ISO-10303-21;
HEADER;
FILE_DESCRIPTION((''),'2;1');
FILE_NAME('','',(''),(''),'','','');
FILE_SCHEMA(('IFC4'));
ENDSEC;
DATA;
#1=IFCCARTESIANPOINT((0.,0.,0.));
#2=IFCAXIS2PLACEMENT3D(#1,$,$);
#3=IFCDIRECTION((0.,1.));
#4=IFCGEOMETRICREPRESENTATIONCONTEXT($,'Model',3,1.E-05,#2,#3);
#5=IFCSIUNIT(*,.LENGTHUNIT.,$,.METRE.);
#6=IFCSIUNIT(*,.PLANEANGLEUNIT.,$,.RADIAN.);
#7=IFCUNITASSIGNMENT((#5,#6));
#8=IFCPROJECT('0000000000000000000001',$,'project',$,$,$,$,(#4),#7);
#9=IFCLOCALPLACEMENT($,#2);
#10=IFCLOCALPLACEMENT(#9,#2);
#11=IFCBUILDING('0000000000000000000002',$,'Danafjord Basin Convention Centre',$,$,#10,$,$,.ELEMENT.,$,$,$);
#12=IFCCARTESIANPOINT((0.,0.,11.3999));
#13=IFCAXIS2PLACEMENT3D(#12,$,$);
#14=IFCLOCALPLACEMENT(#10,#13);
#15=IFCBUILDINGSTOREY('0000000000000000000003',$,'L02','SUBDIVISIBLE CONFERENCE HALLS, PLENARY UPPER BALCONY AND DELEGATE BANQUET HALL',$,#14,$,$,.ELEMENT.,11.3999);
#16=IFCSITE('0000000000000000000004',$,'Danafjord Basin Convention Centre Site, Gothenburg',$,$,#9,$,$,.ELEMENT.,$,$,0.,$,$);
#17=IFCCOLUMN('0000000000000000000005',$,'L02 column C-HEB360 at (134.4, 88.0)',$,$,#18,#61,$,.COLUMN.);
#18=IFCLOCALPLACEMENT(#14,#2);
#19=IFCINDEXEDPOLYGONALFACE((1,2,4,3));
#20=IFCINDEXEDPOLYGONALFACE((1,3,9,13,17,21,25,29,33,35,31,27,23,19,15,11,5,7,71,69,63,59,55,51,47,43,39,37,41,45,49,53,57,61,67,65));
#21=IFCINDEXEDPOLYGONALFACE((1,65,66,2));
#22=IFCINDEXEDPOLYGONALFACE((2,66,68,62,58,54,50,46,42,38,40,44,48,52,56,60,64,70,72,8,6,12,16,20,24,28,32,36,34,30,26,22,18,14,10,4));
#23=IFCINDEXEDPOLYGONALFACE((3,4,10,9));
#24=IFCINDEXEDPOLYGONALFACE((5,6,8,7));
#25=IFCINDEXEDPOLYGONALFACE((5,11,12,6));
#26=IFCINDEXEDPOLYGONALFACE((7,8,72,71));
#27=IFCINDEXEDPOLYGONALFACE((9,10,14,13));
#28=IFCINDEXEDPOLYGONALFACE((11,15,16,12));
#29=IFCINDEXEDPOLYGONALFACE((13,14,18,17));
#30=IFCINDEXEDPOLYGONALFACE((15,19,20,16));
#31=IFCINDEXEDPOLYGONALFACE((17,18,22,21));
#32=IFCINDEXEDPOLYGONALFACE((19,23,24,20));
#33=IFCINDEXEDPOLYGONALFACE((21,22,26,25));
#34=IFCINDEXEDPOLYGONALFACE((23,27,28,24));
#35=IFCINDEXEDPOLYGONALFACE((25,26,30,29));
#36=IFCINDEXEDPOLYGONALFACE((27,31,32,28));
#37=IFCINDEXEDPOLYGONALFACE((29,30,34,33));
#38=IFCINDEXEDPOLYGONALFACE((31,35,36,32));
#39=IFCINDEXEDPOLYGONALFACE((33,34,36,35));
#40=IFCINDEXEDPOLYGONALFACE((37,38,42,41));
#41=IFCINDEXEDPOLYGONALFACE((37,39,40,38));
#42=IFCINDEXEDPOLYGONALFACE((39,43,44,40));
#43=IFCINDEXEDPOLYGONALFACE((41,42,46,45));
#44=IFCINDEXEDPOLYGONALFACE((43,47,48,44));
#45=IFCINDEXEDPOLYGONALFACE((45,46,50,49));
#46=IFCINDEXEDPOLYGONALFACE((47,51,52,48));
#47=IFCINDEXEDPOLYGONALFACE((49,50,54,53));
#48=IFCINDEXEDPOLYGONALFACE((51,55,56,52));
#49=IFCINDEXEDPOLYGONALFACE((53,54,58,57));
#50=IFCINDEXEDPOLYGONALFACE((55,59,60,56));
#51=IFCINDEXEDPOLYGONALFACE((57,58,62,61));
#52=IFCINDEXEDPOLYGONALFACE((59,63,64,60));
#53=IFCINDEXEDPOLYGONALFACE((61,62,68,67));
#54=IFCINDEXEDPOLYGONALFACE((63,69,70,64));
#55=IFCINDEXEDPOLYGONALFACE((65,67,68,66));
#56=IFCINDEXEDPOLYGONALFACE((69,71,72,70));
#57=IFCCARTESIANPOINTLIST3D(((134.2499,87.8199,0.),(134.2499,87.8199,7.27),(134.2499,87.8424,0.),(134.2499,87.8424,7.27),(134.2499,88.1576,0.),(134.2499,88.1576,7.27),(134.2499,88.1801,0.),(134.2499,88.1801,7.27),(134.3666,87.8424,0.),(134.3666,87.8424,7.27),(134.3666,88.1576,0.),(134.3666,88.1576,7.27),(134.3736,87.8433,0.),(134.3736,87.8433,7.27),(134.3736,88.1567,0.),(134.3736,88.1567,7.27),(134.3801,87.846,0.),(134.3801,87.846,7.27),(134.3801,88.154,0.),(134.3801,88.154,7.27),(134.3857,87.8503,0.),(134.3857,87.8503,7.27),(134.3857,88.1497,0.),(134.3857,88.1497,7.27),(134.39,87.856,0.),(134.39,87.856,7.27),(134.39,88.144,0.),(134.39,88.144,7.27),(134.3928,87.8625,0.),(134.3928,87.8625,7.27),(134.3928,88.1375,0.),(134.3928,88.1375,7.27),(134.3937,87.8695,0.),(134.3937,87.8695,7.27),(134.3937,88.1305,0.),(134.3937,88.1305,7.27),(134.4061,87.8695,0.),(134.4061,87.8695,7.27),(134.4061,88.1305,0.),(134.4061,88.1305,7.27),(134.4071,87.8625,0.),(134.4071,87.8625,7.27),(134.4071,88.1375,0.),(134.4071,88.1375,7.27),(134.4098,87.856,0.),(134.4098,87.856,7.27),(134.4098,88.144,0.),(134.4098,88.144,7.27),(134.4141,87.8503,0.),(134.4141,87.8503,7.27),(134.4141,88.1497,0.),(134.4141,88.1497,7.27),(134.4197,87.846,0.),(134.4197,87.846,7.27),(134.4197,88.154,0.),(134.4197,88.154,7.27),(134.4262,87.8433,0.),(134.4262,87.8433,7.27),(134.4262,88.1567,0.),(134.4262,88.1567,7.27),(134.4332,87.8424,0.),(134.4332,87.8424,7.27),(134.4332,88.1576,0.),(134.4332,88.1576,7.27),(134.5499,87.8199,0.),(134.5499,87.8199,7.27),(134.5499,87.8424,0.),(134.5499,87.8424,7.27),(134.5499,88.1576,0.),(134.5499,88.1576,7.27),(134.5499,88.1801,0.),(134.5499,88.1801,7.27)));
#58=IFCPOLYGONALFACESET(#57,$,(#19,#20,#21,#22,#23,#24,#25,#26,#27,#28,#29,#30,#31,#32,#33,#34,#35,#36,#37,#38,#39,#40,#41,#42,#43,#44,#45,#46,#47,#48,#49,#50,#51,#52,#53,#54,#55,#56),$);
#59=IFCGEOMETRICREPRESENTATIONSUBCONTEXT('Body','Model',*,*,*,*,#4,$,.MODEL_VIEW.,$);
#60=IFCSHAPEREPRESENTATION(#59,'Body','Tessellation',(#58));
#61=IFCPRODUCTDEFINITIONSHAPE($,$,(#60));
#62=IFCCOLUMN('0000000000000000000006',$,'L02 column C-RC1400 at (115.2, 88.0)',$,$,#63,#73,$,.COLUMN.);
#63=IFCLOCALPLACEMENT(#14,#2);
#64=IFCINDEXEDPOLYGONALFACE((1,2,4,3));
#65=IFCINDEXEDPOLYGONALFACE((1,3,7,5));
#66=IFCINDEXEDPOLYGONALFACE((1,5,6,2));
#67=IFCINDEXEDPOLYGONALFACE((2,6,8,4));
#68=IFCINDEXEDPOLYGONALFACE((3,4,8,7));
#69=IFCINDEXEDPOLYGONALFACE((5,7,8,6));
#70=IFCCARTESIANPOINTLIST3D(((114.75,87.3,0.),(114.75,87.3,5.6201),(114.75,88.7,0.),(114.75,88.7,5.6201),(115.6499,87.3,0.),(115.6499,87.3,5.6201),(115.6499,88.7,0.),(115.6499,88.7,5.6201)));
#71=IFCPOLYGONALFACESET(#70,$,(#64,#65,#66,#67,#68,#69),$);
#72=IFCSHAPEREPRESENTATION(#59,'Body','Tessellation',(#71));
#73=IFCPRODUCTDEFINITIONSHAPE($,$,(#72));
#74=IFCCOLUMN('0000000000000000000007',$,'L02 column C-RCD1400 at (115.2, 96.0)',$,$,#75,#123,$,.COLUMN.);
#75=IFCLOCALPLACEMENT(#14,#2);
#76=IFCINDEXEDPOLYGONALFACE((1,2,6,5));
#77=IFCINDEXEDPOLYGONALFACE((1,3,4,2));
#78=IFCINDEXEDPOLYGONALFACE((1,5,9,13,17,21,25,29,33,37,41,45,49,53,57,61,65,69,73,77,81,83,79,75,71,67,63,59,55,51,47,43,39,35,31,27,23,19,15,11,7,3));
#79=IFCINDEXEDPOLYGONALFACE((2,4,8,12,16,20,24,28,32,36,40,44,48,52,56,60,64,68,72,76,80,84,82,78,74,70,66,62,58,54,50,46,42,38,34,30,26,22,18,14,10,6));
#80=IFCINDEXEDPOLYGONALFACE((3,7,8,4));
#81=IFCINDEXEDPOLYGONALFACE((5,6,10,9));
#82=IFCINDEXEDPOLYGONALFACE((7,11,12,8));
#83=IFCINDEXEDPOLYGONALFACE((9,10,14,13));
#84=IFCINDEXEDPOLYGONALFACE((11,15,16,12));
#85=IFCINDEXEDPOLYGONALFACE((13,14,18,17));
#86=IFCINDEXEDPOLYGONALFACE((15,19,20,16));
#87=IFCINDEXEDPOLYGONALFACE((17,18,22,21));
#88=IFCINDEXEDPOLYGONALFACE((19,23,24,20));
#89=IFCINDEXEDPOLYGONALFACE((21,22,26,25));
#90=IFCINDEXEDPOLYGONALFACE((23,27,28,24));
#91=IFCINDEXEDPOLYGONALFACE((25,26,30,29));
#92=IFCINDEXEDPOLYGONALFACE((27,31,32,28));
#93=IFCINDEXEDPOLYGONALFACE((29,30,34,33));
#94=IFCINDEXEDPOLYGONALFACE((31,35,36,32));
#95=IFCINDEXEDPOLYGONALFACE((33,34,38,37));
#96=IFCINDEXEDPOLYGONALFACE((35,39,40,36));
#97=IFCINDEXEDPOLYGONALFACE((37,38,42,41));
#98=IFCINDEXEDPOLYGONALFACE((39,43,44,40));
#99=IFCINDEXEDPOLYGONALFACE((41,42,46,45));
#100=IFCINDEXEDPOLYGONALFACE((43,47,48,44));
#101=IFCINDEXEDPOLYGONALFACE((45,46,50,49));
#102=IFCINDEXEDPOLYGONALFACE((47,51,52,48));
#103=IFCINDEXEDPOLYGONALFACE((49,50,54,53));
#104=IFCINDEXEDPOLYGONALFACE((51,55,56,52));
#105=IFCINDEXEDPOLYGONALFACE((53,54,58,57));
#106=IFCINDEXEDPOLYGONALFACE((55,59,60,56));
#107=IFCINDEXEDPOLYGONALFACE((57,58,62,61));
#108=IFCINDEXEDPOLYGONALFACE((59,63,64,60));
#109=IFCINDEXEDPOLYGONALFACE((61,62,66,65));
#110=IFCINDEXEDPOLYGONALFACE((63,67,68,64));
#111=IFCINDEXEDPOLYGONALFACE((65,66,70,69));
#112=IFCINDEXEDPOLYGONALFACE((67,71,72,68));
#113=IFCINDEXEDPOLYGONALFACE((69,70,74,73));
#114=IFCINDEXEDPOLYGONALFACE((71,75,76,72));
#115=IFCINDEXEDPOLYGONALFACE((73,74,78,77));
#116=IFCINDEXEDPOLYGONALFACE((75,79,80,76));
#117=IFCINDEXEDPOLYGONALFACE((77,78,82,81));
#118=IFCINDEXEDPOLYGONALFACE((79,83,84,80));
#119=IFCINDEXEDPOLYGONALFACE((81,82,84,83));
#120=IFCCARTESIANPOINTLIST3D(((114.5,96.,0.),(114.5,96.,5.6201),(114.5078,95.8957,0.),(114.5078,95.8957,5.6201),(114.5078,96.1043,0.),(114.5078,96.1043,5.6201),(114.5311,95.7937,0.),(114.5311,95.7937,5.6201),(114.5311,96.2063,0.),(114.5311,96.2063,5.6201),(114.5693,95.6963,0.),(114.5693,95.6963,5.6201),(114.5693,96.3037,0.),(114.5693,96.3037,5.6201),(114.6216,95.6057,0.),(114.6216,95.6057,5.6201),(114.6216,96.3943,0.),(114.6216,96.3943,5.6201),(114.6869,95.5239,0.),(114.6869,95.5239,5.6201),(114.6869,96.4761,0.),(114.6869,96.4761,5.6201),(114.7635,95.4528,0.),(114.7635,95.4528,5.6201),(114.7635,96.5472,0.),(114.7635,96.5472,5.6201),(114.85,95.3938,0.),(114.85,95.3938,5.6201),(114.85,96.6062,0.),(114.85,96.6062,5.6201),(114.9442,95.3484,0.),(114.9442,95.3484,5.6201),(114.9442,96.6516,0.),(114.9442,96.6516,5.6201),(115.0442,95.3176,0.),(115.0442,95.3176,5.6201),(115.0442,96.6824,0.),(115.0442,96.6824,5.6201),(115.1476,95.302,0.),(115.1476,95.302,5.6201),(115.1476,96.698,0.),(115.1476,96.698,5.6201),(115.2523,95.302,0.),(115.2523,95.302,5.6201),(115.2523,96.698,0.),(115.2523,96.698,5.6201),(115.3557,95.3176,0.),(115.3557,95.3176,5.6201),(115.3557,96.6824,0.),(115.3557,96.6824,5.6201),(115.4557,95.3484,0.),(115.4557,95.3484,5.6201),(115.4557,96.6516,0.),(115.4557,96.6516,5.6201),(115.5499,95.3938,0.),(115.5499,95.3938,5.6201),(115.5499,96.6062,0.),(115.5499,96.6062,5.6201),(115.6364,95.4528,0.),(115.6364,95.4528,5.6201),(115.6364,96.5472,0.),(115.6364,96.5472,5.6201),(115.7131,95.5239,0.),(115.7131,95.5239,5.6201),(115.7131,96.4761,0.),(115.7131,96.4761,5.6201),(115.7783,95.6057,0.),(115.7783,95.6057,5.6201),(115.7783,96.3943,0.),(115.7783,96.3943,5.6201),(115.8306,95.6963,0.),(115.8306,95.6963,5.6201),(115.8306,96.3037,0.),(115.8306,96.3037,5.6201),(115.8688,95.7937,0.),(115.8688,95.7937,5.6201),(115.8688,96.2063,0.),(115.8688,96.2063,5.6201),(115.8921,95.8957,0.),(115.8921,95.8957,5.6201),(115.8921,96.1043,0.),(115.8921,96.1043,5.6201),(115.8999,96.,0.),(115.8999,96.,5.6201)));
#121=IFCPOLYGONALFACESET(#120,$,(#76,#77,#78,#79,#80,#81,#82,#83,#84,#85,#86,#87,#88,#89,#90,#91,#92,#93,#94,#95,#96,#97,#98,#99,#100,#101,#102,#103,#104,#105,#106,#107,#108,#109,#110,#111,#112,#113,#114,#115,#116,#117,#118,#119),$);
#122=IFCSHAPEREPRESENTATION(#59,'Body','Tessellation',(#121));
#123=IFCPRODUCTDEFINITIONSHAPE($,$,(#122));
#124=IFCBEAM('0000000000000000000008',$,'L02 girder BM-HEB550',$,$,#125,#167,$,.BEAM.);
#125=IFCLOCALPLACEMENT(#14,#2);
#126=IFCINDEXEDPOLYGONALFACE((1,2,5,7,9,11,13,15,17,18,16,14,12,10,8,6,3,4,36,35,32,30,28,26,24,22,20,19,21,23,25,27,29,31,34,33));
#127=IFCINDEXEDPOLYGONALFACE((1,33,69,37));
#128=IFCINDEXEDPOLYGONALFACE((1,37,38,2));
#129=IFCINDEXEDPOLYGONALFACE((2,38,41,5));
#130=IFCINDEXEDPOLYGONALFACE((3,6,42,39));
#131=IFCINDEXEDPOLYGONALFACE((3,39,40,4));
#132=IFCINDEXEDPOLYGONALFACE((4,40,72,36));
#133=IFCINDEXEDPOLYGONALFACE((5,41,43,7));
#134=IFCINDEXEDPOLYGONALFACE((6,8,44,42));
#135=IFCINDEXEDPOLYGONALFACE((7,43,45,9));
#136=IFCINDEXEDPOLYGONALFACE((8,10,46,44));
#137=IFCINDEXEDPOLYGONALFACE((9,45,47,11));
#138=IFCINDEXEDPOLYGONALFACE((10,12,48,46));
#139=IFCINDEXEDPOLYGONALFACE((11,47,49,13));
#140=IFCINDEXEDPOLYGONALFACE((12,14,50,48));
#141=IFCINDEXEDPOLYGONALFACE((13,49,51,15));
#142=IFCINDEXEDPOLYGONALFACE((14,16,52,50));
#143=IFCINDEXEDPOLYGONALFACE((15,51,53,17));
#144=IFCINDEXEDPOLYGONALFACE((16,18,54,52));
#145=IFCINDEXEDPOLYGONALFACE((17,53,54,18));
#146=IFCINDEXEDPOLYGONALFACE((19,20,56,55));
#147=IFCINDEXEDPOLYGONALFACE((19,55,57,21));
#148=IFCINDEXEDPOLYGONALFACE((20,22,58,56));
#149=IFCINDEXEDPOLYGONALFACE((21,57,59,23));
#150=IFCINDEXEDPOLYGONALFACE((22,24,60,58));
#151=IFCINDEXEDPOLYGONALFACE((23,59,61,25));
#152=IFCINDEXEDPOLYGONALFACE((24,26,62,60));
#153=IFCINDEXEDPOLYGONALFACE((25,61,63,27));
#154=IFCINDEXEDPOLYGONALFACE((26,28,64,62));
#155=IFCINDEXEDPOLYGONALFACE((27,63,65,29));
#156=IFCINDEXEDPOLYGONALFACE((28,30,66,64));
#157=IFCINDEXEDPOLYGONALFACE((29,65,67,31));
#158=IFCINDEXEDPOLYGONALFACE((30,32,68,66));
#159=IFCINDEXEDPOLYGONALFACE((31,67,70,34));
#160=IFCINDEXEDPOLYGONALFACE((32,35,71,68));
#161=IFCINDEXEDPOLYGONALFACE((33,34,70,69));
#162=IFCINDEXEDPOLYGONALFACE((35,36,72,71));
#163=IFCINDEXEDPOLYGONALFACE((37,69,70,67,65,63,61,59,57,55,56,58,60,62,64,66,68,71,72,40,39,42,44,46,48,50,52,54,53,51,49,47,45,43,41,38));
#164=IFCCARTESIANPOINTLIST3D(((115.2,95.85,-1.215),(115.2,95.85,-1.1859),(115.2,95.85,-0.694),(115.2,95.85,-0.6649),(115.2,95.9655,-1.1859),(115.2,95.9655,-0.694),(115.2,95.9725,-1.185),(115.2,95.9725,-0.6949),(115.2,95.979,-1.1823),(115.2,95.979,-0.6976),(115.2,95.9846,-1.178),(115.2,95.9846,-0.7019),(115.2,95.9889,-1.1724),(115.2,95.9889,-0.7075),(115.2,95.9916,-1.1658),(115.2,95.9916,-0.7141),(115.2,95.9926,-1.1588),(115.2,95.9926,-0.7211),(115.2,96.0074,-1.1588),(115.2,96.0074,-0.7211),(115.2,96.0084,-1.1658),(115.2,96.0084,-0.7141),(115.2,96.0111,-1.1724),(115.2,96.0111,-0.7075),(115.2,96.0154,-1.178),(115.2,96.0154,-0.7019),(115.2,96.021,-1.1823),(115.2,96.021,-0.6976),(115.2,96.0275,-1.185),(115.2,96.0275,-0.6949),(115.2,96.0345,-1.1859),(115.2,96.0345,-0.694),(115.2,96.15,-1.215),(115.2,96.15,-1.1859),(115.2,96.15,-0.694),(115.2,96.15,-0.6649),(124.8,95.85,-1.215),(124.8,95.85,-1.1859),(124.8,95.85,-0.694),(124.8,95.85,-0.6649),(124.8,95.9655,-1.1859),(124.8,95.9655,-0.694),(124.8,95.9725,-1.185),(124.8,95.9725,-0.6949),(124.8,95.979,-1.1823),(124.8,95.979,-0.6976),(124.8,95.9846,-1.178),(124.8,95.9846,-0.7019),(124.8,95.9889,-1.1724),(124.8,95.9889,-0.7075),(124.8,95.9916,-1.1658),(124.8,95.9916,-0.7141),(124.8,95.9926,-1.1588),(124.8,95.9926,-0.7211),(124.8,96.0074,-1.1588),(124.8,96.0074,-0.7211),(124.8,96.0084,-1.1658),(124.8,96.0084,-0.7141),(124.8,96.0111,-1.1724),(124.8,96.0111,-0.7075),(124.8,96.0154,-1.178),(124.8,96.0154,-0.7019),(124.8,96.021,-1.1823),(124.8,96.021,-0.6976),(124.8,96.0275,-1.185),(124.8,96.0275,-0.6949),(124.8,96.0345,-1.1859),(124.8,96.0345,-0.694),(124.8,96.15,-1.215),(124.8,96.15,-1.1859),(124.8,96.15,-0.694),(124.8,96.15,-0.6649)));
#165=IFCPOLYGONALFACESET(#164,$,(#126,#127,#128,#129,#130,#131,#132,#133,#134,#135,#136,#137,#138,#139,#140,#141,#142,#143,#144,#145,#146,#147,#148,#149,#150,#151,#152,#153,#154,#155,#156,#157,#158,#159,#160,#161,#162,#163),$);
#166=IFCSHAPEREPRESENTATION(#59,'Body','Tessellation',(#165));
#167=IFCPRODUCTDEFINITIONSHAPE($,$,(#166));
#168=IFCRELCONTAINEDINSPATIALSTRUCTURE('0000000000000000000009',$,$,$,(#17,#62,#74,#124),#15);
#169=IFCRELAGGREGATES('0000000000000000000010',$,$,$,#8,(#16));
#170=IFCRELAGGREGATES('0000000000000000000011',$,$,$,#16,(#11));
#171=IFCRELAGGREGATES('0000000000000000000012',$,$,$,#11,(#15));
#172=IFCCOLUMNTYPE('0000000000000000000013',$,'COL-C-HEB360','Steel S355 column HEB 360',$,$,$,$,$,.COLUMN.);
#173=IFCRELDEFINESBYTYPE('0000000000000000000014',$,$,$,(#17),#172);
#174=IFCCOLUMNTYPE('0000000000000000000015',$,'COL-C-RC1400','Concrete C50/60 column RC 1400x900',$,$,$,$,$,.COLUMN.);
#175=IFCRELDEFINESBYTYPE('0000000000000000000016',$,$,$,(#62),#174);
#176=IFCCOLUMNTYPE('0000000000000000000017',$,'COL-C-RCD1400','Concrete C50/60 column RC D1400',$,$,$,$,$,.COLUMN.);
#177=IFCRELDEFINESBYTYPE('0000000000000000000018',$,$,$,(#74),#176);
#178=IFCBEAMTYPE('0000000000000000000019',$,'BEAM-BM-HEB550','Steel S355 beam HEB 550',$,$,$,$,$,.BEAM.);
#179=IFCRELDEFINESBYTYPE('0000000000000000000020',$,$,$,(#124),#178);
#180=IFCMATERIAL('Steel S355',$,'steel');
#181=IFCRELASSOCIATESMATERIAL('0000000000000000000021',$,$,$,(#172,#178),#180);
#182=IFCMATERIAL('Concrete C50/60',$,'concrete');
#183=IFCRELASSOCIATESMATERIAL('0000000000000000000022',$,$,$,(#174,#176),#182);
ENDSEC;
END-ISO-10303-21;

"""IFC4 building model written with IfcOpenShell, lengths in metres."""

from ifc_helpers import new_model, si_unit, direction, frame, origin, origin_2d, place, context, subcontext, project, spatial, rectangle, circle, i_section, extrude, material, material_profile, profile_set, type_object, element, save


model = new_model("IFC4")

# Units and contexts
model_context = context("Model", 3, precision=1e-05, world=origin(), true_north=direction((0.0, 1.0)))
body_context = subcontext(model_context, "Body", "Model", "MODEL_VIEW")
ifc_project = project(units=[si_unit("LENGTHUNIT", "METRE"), si_unit("PLANEANGLEUNIT", "RADIAN")], contexts=[model_context])

# Site, building, storey
site_placement = place(None, origin())
site = spatial("IfcSite", under=ifc_project, at=site_placement, Name="Danafjord Basin Convention Centre Site, Gothenburg", CompositionType="ELEMENT", RefElevation=0.0)
building_placement = place(site_placement, origin())
building = spatial("IfcBuilding", under=site, at=building_placement, Name="Danafjord Basin Convention Centre", CompositionType="ELEMENT")
storey_placement = place(building_placement, frame((0.0, 0.0, 11.3999)))
storey = spatial("IfcBuildingStorey", under=building, at=storey_placement, Name="L02", Description="SUBDIVISIBLE CONFERENCE HALLS, PLENARY UPPER BALCONY AND DELEGATE BANQUET HALL", CompositionType="ELEMENT", Elevation=11.3999)

# Columns
ifc_material_1 = material(Name="Steel S355", Category="steel")
ifc_material_profile_1 = material_profile(ifc_material_1, i_section(OverallWidth=0.3, OverallDepth=0.3601, WebThickness=0.0125, FlangeThickness=0.0225, FilletRadius=0.0271, at=origin_2d()), Name="HEB 360")
ifc_profile_set_1 = profile_set([ifc_material_profile_1], Name="Steel S355")
column_type_1 = type_object("IfcColumnType", Name="COL-C-HEB360", Description="Steel S355 column HEB 360", PredefinedType="COLUMN", material=ifc_profile_set_1)
column_1_placement = place(storey_placement, frame((134.3999, 88.0, 0.0), z_axis=(0.0, 0.0, 1.0), x_axis=(1.0, 0.0, 0.0)))
element("IfcColumn", 1, at=column_1_placement, inside=storey, type_object=column_type_1, Name="L02 column C-HEB360 at (134.4, 88.0)", PredefinedType="COLUMN", context=body_context, shape_type="SweptSolid", body=[
    extrude(i_section(OverallWidth=0.3, OverallDepth=0.3601, WebThickness=0.0125, FlangeThickness=0.0225, FilletRadius=0.0271, at=origin_2d()), origin(), (0.0, 0.0, 1.0), 7.27),
])
ifc_material_2 = material(Name="Concrete C50/60", Category="concrete")
ifc_material_profile_2 = material_profile(ifc_material_2, rectangle(XDim=0.8999, YDim=1.3999, at=origin_2d()), Name="RC 1400x900")
ifc_profile_set_2 = profile_set([ifc_material_profile_2], Name="Concrete C50/60")
column_type_2 = type_object("IfcColumnType", Name="COL-C-RC1400", Description="Concrete C50/60 column RC 1400x900", PredefinedType="COLUMN", material=ifc_profile_set_2)
column_2_placement = place(storey_placement, frame((115.2, 88.0, 0.0), z_axis=(0.0, 0.0, 1.0), x_axis=(1.0, 0.0, 0.0)))
element("IfcColumn", 2, at=column_2_placement, inside=storey, type_object=column_type_2, Name="L02 column C-RC1400 at (115.2, 88.0)", PredefinedType="COLUMN", context=body_context, shape_type="SweptSolid", body=[
    extrude(rectangle(XDim=0.8999, YDim=1.3999, at=origin_2d()), origin(), (0.0, 0.0, 1.0), 5.6201),
])
ifc_material_profile_3 = material_profile(ifc_material_2, circle(Radius=0.7, at=origin_2d()), Name="RC D1400")
ifc_profile_set_3 = profile_set([ifc_material_profile_3], Name="Concrete C50/60")
column_type_3 = type_object("IfcColumnType", Name="COL-C-RCD1400", Description="Concrete C50/60 column RC D1400", PredefinedType="COLUMN", material=ifc_profile_set_3)
column_3_placement = place(storey_placement, frame((115.2, 96.0, 0.0), z_axis=(0.0, 0.0, 1.0), x_axis=(1.0, 0.0, 0.0)))
element("IfcColumn", 3, at=column_3_placement, inside=storey, type_object=column_type_3, Name="L02 column C-RCD1400 at (115.2, 96.0)", PredefinedType="COLUMN", context=body_context, shape_type="SweptSolid", body=[
    extrude(circle(Radius=0.7, at=origin_2d()), origin(), (0.0, 0.0, 1.0), 5.6201),
])

# Beam
ifc_material_profile_4 = material_profile(ifc_material_1, i_section(OverallWidth=0.3, OverallDepth=0.55, WebThickness=0.0149, FlangeThickness=0.0291, FilletRadius=0.0271, at=origin_2d()), Name="HEB 550")
ifc_profile_set_4 = profile_set([ifc_material_profile_4], Name="Steel S355")
beam_type_1 = type_object("IfcBeamType", Name="BEAM-BM-HEB550", Description="Steel S355 beam HEB 550", PredefinedType="BEAM", material=ifc_profile_set_4)
beam_1_placement = place(storey_placement, frame((115.2, 96.0, -0.9399), z_axis=(1.0, 0.0, 0.0), x_axis=(0.0, 1.0, 0.0)))
element("IfcBeam", 4, at=beam_1_placement, inside=storey, type_object=beam_type_1, Name="L02 girder BM-HEB550", PredefinedType="BEAM", context=body_context, shape_type="SweptSolid", body=[
    extrude(i_section(OverallWidth=0.3, OverallDepth=0.55, WebThickness=0.0149, FlangeThickness=0.0291, FilletRadius=0.0271, at=origin_2d()), origin(), (0.0, 0.0, 1.0), 9.6001),
])

save(model, "model.ifc")
